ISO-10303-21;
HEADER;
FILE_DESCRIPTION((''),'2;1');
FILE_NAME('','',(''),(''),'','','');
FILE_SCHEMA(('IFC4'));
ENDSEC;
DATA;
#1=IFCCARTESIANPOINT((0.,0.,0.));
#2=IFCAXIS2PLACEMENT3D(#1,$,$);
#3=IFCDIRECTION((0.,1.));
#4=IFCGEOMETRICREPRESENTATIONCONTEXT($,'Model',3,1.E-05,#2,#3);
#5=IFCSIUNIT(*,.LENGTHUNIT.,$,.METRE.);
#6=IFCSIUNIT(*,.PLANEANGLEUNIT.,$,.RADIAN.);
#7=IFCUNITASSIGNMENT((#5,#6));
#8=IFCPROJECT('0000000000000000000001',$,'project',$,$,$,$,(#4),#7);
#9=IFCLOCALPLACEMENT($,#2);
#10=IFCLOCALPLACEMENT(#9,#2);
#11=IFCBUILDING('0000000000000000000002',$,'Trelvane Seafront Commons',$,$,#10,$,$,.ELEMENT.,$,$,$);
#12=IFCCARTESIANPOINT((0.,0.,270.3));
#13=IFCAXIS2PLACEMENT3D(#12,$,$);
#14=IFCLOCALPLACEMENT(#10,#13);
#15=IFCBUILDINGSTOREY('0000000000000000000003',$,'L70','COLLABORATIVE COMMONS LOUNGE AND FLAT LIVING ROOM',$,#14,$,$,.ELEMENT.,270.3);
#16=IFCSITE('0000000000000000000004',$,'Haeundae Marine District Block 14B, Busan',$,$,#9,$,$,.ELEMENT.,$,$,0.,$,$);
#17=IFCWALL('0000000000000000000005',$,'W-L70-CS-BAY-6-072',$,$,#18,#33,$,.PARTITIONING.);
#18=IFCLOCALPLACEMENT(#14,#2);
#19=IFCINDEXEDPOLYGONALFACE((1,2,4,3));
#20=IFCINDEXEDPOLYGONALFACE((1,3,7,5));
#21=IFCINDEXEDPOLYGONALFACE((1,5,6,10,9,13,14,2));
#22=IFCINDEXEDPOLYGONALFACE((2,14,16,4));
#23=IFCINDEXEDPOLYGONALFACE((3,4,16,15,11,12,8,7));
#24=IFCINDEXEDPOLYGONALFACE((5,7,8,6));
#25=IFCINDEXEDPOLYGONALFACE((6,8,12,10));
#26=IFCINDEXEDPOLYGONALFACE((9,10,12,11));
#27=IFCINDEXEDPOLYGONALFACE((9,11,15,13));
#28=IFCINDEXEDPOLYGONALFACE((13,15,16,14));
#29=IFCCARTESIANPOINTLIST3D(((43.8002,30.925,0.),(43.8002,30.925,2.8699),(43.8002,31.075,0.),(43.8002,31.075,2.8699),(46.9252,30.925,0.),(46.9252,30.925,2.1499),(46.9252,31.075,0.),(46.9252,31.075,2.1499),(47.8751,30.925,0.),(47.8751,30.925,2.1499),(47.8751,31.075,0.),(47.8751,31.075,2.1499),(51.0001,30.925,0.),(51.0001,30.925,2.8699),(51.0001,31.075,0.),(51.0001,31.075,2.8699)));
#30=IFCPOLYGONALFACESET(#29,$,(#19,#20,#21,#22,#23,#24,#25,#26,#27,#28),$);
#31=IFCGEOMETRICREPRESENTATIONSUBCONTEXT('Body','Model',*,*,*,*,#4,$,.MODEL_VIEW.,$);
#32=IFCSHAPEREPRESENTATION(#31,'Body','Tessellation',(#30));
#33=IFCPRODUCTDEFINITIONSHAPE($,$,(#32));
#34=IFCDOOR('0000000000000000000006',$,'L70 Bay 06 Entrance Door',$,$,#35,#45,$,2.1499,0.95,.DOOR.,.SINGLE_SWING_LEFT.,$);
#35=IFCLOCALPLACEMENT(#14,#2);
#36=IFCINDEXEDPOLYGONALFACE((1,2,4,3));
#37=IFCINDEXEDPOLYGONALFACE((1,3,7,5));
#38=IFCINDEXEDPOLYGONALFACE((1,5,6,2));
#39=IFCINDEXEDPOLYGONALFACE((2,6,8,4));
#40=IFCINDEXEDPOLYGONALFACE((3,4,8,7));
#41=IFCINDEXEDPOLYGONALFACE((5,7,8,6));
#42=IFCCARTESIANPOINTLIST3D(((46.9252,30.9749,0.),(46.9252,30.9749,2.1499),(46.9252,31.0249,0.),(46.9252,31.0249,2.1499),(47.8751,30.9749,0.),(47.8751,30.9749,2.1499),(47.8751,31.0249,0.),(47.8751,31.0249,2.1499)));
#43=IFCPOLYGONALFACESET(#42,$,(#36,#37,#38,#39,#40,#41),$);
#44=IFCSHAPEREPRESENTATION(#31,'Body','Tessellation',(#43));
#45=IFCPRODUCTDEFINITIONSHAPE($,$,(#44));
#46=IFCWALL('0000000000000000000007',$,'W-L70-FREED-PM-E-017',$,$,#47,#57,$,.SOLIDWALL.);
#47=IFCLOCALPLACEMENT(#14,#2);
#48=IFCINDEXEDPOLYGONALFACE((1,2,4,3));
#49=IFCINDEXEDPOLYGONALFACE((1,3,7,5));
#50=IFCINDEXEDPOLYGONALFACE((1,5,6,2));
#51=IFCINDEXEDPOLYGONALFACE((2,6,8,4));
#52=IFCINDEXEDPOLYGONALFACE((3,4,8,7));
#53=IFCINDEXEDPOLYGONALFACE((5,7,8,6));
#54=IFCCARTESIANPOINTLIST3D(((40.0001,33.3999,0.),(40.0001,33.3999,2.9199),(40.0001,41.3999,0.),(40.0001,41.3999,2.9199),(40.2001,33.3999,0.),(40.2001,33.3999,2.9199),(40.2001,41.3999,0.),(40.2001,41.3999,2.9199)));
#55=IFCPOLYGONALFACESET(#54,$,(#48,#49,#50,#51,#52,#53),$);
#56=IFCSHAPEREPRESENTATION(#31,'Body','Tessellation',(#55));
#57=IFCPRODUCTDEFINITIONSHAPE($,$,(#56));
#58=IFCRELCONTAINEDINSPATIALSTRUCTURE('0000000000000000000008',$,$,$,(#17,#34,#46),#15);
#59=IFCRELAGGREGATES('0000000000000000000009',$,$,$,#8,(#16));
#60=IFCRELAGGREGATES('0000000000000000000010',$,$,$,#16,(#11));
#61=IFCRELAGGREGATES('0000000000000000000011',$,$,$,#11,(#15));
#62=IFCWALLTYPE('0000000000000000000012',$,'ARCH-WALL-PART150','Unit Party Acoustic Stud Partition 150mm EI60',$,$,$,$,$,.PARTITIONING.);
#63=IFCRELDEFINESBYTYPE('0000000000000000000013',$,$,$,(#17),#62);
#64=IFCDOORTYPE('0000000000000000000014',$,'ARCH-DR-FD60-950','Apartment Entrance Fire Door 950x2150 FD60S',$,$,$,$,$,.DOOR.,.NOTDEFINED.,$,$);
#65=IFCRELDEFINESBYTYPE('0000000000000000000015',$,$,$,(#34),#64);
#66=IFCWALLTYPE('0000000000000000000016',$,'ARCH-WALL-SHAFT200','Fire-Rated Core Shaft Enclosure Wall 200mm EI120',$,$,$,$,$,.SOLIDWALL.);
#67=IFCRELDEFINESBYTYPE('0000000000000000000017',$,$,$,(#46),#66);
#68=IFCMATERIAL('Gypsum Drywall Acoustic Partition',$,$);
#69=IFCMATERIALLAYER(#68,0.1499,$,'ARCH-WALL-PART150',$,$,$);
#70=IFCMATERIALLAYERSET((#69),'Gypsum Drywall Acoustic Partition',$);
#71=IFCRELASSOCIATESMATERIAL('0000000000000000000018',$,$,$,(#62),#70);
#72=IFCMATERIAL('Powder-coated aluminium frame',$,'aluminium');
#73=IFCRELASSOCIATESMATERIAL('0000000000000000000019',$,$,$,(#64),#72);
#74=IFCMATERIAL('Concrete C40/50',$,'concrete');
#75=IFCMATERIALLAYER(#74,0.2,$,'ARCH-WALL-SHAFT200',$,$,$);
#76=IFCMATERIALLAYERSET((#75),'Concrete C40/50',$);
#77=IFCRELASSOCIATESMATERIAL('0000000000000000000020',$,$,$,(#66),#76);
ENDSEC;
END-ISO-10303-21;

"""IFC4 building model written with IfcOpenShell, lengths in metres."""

from ifc_helpers import new_model, si_unit, direction, frame, frame_2d, origin, place, context, subcontext, project, spatial, rectangle, extrude, source, transform, mapped, material, layer, layer_set, type_object, element, fill, save


model = new_model("IFC4")

# Units and contexts
model_context = context("Model", 3, precision=1e-05, world=origin(), true_north=direction((0.0, 1.0)))
body_context = subcontext(model_context, "Body", "Model", "MODEL_VIEW")
ifc_project = project(units=[si_unit("LENGTHUNIT", "METRE"), si_unit("PLANEANGLEUNIT", "RADIAN")], contexts=[model_context])

# Site, building, storey
site_placement = place(None, origin())
site = spatial("IfcSite", under=ifc_project, at=site_placement, Name="Haeundae Marine District Block 14B, Busan", CompositionType="ELEMENT", RefElevation=0.0)
building_placement = place(site_placement, origin())
building = spatial("IfcBuilding", under=site, at=building_placement, Name="Trelvane Seafront Commons", CompositionType="ELEMENT")
storey_placement = place(building_placement, frame((0.0, 0.0, 270.3)))
storey = spatial("IfcBuildingStorey", under=building, at=storey_placement, Name="L70", Description="COLLABORATIVE COMMONS LOUNGE AND FLAT LIVING ROOM", CompositionType="ELEMENT", Elevation=270.3)

# Wall, opening, door
ifc_material_1 = material(Name="Concrete C40/50", Category="concrete")
ifc_material_2 = material(Name="Powder-coated aluminium frame", Category="aluminium")
ifc_material_3 = material(Name="Gypsum Drywall Acoustic Partition")
shared_shape_1 = source(origin(), body_context, "Body", "SweptSolid", [
    extrude(rectangle(XDim=0.95, YDim=2.1499, at=frame_2d((0.4751, 1.075))), frame((0.0, 0.0249, 0.0), z_axis=(0.0, -1.0, 0.0), x_axis=(1.0, 0.0, 0.0)), (0.0, 0.0, 1.0), 0.05),
])
ifc_layer_1 = layer(ifc_material_3, 0.1499, Name="ARCH-WALL-PART150")
ifc_layer_set_1 = layer_set([ifc_layer_1], Name="Gypsum Drywall Acoustic Partition")
wall_type_1 = type_object("IfcWallType", Name="ARCH-WALL-PART150", Description="Unit Party Acoustic Stud Partition 150mm EI60", PredefinedType="PARTITIONING", material=ifc_layer_set_1)
wall_1_placement = place(storey_placement, frame((43.8, 31.0, 0.0), z_axis=(0.0, 0.0, 1.0), x_axis=(1.0, 0.0, 0.0)))
wall_1 = element("IfcWall", 1, at=wall_1_placement, inside=storey, type_object=wall_type_1, Name="W-L70-CS-BAY-6-072", PredefinedType="PARTITIONING", context=body_context, shape_type="SweptSolid", body=[
    extrude(rectangle(XDim=7.2, YDim=0.1499, at=frame_2d((3.6001, 0.0))), origin(), (0.0, 0.0, 1.0), 2.8699),
])
opening_1_placement = place(wall_1_placement, frame((3.125, 0.0, 0.0)))
opening_1 = element("IfcOpeningElement", 2, at=opening_1_placement, cuts=wall_1, PredefinedType="OPENING", context=body_context, shape_type="SweptSolid", body=[
    extrude(rectangle(XDim=0.95, YDim=2.1499, at=frame_2d((0.4751, 1.075))), frame((0.0, 0.085, 0.0), z_axis=(0.0, -1.0, 0.0), x_axis=(1.0, 0.0, 0.0)), (0.0, 0.0, 1.0), 0.1699),
])
door_type_1 = type_object("IfcDoorType", Name="ARCH-DR-FD60-950", Description="Apartment Entrance Fire Door 950x2150 FD60S", OperationType="NOTDEFINED", PredefinedType="DOOR", material=ifc_material_2)
door_1_placement = place(opening_1_placement, origin())
door_1 = element("IfcDoor", 3, at=door_1_placement, inside=storey, type_object=door_type_1, Name="L70 Bay 06 Entrance Door", OperationType="SINGLE_SWING_LEFT", OverallHeight=2.1499, OverallWidth=0.95, PredefinedType="DOOR", context=body_context, shape_type="MappedRepresentation", body=[
    mapped(shared_shape_1, transform((0.0, 0.0, 0.0), x_axis=(1.0, 0.0, 0.0), y_axis=(0.0, 1.0, 0.0), z_axis=(0.0, 0.0, 1.0), scale=1.0)),
])
fill(opening_1, door_1)

# Wall
ifc_layer_2 = layer(ifc_material_1, 0.2, Name="ARCH-WALL-SHAFT200")
ifc_layer_set_2 = layer_set([ifc_layer_2], Name="Concrete C40/50")
wall_type_2 = type_object("IfcWallType", Name="ARCH-WALL-SHAFT200", Description="Fire-Rated Core Shaft Enclosure Wall 200mm EI120", PredefinedType="SOLIDWALL", material=ifc_layer_set_2)
wall_2_placement = place(storey_placement, frame((40.1001, 33.3999, 0.0), z_axis=(0.0, 0.0, 1.0), x_axis=(0.0, 1.0, 0.0)))
element("IfcWall", 4, at=wall_2_placement, inside=storey, type_object=wall_type_2, Name="W-L70-FREED-PM-E-017", PredefinedType="SOLIDWALL", context=body_context, shape_type="SweptSolid", body=[
    extrude(rectangle(XDim=8.0, YDim=0.2, at=frame_2d((4.0, 0.0))), origin(), (0.0, 0.0, 1.0), 2.9199),
])

save(model, "model.ifc")
